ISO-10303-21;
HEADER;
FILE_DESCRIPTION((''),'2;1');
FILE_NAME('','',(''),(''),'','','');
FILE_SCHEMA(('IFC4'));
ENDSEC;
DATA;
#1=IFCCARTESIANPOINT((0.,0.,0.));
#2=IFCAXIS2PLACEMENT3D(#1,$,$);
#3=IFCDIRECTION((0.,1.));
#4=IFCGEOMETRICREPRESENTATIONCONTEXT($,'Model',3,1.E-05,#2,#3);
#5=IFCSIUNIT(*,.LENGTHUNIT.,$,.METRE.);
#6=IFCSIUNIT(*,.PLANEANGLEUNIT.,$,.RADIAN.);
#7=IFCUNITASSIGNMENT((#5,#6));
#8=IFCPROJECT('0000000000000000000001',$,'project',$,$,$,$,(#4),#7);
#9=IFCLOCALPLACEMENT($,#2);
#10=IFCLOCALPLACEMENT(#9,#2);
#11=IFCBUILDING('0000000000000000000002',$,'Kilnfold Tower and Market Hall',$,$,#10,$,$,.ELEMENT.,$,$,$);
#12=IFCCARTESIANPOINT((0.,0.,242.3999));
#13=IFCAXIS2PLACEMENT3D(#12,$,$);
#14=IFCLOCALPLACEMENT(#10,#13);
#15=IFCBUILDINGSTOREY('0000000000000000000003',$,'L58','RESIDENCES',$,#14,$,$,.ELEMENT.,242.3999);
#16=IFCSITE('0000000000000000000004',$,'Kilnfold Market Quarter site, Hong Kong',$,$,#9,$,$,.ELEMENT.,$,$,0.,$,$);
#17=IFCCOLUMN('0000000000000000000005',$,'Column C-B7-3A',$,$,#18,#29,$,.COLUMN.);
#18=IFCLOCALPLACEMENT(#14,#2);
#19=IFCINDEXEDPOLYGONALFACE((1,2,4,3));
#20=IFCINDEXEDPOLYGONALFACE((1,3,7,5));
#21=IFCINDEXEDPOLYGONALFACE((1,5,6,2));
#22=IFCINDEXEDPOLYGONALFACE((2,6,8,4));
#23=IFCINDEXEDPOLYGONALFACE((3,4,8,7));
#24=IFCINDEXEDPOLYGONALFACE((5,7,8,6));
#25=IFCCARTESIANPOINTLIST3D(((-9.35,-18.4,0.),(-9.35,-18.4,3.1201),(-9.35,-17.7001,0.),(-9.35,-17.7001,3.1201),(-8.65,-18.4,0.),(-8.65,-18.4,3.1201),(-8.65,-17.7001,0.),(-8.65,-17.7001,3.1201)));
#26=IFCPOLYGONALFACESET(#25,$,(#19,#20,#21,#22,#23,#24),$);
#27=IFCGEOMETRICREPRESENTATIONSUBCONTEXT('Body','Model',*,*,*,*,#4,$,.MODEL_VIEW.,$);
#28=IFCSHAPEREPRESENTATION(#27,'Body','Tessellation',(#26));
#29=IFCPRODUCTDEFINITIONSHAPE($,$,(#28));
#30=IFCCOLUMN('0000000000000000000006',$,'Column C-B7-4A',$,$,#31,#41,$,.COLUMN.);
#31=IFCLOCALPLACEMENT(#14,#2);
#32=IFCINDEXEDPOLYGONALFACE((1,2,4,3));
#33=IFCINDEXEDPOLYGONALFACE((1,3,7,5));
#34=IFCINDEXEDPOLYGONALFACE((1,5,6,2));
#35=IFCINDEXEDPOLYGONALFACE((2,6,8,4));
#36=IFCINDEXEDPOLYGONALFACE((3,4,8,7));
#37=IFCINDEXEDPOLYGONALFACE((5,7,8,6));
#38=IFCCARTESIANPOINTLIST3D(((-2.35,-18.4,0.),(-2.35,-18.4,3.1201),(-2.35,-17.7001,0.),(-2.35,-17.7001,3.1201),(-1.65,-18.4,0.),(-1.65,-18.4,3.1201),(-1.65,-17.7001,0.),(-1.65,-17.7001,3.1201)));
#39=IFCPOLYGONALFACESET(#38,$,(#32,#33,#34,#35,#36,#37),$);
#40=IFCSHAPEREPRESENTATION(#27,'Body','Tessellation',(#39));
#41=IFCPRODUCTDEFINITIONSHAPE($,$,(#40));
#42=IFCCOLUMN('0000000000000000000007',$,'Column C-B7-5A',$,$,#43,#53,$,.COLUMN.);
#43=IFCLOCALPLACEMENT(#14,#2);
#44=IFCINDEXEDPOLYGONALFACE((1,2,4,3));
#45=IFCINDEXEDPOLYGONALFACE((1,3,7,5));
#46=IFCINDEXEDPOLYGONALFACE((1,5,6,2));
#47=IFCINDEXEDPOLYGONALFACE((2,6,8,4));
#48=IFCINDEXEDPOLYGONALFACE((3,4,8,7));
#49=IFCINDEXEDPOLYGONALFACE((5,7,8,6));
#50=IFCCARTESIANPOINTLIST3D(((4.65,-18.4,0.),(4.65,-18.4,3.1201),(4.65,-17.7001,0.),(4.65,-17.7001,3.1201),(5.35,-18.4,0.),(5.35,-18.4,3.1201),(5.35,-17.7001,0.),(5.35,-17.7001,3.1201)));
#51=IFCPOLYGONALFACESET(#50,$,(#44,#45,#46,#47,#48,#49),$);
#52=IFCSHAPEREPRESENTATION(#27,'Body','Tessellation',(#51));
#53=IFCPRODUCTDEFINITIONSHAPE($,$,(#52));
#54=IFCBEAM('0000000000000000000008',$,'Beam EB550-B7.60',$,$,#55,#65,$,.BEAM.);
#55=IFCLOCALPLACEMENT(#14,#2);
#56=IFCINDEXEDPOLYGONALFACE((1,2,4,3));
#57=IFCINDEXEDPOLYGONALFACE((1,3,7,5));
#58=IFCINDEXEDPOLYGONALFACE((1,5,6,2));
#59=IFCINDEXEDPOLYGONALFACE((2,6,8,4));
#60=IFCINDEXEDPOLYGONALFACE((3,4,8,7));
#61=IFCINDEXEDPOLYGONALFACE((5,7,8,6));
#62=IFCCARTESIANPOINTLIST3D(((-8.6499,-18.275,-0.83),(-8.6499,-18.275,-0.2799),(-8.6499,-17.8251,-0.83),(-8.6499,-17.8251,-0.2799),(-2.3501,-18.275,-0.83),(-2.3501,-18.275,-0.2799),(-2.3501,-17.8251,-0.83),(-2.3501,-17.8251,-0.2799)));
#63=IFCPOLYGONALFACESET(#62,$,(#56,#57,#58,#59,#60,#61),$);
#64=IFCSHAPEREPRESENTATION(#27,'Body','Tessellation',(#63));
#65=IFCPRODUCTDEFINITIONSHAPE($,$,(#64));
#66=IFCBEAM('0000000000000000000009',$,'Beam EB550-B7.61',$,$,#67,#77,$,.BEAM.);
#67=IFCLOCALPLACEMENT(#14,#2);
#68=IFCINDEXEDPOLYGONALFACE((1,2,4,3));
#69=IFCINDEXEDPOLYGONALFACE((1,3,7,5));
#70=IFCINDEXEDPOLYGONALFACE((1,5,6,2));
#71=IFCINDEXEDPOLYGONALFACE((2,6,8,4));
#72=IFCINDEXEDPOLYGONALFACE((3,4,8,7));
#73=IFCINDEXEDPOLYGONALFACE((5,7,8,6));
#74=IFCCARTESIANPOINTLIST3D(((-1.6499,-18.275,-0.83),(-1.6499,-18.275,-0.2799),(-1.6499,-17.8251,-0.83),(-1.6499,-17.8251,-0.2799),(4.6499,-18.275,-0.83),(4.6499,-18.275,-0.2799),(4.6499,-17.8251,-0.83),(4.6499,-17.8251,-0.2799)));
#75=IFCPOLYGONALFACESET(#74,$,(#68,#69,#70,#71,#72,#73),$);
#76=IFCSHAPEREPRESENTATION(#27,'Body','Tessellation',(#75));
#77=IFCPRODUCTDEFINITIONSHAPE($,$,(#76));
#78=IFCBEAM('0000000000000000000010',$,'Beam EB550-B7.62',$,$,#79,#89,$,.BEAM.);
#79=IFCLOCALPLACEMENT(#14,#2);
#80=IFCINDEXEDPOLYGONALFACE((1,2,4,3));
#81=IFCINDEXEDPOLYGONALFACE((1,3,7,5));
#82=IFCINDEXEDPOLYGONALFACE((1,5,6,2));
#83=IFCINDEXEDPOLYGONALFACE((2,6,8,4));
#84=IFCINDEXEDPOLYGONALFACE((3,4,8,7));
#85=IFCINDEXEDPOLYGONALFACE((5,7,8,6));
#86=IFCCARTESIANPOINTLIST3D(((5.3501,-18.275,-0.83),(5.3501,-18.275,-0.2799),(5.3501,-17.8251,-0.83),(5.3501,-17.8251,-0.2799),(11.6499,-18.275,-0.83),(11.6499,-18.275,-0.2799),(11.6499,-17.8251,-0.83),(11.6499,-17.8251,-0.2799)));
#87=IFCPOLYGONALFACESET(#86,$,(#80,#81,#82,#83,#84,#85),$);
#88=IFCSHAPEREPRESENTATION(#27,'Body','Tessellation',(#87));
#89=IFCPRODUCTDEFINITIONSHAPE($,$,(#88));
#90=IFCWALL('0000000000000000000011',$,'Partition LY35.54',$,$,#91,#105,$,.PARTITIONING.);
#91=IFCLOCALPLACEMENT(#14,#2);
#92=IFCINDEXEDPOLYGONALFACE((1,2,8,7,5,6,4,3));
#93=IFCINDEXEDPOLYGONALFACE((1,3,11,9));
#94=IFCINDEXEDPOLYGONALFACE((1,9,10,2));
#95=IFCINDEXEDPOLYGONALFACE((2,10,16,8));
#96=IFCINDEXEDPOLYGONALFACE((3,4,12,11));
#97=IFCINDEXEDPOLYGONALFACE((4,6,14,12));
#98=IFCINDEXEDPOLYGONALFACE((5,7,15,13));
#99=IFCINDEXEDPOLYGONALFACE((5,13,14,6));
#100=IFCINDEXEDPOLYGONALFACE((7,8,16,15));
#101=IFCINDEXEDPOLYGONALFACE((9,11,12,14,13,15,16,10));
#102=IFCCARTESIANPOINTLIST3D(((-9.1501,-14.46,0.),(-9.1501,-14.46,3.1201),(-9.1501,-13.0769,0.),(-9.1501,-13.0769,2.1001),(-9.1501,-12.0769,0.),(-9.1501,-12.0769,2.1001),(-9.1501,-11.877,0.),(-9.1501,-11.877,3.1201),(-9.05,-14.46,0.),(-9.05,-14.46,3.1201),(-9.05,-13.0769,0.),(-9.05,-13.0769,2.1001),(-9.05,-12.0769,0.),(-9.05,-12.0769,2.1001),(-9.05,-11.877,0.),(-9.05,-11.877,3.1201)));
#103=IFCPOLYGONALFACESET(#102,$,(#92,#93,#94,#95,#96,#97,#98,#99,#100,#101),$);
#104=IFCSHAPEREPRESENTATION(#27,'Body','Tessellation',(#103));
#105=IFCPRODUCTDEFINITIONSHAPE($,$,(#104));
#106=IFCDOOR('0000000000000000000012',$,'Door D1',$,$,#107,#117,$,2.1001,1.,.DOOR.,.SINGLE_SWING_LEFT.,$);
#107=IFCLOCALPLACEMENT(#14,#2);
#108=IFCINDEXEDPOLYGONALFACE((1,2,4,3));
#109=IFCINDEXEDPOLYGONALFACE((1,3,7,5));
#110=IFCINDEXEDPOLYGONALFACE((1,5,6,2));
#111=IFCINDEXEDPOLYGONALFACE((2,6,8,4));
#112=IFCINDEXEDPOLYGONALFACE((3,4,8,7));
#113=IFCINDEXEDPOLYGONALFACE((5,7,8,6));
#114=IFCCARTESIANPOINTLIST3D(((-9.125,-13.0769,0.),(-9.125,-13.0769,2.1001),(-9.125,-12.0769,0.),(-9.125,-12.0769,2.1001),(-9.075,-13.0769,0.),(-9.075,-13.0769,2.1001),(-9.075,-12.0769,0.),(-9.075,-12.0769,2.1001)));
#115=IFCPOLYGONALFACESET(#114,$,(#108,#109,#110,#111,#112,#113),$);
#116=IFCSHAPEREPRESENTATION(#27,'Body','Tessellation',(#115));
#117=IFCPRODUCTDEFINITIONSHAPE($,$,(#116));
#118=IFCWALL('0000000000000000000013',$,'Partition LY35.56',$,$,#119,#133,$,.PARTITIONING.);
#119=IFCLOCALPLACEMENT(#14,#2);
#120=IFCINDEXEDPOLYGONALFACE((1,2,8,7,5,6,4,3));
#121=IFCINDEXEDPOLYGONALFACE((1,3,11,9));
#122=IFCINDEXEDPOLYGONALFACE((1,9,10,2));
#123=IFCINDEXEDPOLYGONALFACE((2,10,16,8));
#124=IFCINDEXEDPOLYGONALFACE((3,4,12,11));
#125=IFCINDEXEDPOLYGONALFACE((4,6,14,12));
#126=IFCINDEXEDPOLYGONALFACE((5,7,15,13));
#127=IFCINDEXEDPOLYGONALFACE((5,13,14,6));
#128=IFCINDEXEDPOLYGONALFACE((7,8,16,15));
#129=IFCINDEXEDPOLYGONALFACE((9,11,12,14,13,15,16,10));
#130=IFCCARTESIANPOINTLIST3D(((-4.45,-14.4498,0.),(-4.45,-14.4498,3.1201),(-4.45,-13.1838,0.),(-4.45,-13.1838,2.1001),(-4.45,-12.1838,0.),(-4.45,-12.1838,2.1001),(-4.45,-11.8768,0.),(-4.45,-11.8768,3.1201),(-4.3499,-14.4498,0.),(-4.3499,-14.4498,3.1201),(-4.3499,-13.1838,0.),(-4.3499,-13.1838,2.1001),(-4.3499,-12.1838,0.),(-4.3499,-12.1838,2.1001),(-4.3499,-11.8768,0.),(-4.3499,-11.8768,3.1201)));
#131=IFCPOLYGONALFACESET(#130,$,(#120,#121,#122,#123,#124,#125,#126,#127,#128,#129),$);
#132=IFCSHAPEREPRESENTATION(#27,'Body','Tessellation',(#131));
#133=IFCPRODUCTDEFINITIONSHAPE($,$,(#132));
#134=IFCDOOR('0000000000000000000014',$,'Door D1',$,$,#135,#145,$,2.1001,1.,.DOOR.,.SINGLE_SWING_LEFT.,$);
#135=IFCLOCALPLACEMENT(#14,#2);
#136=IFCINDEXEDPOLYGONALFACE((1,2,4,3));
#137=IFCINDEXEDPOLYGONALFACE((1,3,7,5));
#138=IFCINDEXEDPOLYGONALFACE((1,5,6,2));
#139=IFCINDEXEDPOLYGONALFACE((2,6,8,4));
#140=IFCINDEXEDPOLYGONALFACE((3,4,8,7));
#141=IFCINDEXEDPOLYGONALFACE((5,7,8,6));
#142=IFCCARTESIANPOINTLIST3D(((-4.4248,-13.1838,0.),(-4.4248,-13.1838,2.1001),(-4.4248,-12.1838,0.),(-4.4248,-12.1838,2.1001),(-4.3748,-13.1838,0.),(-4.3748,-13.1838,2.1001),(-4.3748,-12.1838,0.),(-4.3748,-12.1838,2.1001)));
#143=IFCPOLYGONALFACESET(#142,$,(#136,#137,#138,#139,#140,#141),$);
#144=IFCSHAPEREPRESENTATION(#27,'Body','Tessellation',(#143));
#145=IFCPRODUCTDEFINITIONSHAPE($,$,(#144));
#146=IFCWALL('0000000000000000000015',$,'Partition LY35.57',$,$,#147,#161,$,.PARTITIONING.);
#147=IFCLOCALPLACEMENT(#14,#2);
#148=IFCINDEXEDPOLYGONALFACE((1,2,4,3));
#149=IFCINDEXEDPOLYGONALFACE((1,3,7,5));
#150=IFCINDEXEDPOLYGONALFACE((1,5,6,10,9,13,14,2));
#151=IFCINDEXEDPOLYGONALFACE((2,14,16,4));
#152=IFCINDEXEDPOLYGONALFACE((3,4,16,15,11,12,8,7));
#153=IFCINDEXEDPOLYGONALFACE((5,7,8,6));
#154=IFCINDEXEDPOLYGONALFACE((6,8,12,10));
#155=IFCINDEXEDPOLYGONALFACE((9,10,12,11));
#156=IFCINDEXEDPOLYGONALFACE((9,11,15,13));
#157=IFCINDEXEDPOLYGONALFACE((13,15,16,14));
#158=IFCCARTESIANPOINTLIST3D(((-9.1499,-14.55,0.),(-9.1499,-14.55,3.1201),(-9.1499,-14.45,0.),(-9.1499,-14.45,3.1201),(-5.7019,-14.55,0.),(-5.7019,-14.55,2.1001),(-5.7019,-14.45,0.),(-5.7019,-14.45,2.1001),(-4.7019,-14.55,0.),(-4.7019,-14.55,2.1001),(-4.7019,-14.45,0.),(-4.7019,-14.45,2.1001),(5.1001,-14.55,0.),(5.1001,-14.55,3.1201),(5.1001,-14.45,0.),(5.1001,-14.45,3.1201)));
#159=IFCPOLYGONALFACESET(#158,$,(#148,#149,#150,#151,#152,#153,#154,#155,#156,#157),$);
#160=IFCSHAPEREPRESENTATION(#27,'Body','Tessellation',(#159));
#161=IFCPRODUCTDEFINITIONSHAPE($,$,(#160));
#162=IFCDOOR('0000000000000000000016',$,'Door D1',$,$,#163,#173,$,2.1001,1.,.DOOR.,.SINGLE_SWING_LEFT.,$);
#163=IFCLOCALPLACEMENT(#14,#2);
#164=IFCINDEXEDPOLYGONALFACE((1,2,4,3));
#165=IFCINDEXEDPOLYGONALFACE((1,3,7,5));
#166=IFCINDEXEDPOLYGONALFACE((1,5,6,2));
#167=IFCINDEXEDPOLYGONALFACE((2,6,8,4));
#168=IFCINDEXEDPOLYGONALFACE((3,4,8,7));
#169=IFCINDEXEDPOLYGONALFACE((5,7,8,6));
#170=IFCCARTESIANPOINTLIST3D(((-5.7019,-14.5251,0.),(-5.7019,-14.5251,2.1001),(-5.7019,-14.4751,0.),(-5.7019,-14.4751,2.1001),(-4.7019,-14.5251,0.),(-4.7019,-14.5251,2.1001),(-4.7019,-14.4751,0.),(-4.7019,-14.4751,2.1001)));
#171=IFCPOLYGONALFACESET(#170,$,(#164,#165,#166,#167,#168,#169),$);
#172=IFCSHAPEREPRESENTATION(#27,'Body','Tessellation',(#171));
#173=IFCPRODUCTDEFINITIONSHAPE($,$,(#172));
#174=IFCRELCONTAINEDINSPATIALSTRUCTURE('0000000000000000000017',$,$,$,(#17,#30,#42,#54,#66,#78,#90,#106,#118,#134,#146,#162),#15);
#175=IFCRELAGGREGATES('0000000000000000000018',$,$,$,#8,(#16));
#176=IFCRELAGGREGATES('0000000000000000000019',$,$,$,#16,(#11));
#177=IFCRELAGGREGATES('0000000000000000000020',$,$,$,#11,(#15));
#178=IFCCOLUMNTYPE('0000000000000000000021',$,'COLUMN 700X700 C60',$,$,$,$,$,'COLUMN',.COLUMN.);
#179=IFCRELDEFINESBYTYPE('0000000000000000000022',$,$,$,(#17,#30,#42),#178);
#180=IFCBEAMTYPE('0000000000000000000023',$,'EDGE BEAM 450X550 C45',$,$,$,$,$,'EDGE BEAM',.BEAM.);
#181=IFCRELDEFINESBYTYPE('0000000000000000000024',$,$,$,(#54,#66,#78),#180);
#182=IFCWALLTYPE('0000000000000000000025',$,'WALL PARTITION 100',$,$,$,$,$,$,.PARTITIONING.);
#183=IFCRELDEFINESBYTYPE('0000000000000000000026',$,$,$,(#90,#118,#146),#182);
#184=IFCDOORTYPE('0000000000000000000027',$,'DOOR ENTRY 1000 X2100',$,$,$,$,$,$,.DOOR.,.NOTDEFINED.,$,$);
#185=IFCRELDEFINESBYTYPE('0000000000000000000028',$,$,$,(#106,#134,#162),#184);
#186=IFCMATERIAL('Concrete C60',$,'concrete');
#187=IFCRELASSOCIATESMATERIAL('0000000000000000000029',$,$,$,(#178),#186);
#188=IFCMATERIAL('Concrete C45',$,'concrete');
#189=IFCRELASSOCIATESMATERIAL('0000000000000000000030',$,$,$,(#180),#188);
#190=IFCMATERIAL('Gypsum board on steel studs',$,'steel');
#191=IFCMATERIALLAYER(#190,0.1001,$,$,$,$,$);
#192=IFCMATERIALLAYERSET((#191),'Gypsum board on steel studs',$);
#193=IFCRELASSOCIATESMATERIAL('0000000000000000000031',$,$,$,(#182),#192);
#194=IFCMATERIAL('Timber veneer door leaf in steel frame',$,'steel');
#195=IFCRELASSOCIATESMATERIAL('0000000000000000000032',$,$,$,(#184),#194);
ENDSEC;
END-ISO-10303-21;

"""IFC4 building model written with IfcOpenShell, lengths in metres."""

from ifc_helpers import new_model, si_unit, direction, frame, frame_2d, origin, origin_2d, place, context, subcontext, project, spatial, rectangle, extrude, source, transform, mapped, material, layer, layer_set, material_profile, profile_set, type_object, element, fill, save


model = new_model("IFC4")

# Units and contexts
model_context = context("Model", 3, precision=1e-05, world=origin(), true_north=direction((0.0, 1.0)))
body_context = subcontext(model_context, "Body", "Model", "MODEL_VIEW")
ifc_project = project(units=[si_unit("LENGTHUNIT", "METRE"), si_unit("PLANEANGLEUNIT", "RADIAN")], contexts=[model_context])

# Site, building, storey
site_placement = place(None, origin())
site = spatial("IfcSite", under=ifc_project, at=site_placement, Name="Kilnfold Market Quarter site, Hong Kong", CompositionType="ELEMENT", RefElevation=0.0)
building_placement = place(site_placement, origin())
building = spatial("IfcBuilding", under=site, at=building_placement, Name="Kilnfold Tower and Market Hall", CompositionType="ELEMENT")
storey_placement = place(building_placement, frame((0.0, 0.0, 242.3999)))
storey = spatial("IfcBuildingStorey", under=building, at=storey_placement, Name="L58", Description="RESIDENCES", CompositionType="ELEMENT", Elevation=242.3999)

# Columns
ifc_material_1 = material(Name="Concrete C60", Category="concrete")
ifc_material_profile_1 = material_profile(ifc_material_1, rectangle(XDim=0.7, YDim=0.7, at=origin_2d()), Name="RC 700x700")
ifc_profile_set_1 = profile_set([ifc_material_profile_1], Name="Concrete C60")
column_type = type_object("IfcColumnType", Name="COLUMN 700X700 C60", ElementType="COLUMN", PredefinedType="COLUMN", material=ifc_profile_set_1)
shared_shape_1 = source(origin(), body_context, "Body", "SweptSolid", [
    extrude(rectangle(XDim=0.7, YDim=0.7, at=origin_2d()), origin(), (0.0, 0.0, 1.0), 3.1201),
])
for number, where, z_axis, x_axis, name in (
    (1, (-9.0, -18.05, 0.0), (0.0, 0.0, 1.0), (1.0, 0.0, 0.0), "Column C-B7-3A"),
    (2, (-2.0, -18.05, 0.0), (0.0, 0.0, 1.0), (1.0, 0.0, 0.0), "Column C-B7-4A"),
    (3, (5.0, -18.05, 0.0), (0.0, 0.0, 1.0), (1.0, 0.0, 0.0), "Column C-B7-5A"),
):
    element("IfcColumn", number, at=place(storey_placement, frame(where, z_axis=z_axis, x_axis=x_axis)), inside=storey, type_object=column_type, Name=name, PredefinedType="COLUMN", context=body_context, shape_type="MappedRepresentation", body=[
        mapped(shared_shape_1, transform((0.0, 0.0, 0.0))),
    ])

# Beams
ifc_material_2 = material(Name="Concrete C45", Category="concrete")
ifc_material_profile_2 = material_profile(ifc_material_2, rectangle(XDim=0.45, YDim=0.55, at=origin_2d()), Name="RC 450x550")
ifc_profile_set_2 = profile_set([ifc_material_profile_2], Name="Concrete C45")
beam_type = type_object("IfcBeamType", Name="EDGE BEAM 450X550 C45", ElementType="EDGE BEAM", PredefinedType="BEAM", material=ifc_profile_set_2)
shared_shape_2 = source(origin(), body_context, "Body", "SweptSolid", [
    extrude(rectangle(XDim=0.45, YDim=0.55, at=origin_2d()), origin(), (0.0, 0.0, 1.0), 6.2998),
])
for number, where, z_axis, x_axis, name in (
    (4, (-8.6499, -18.05, -0.5549), (1.0, 0.0, 0.0), (0.0, 1.0, 0.0), "Beam EB550-B7.60"),
    (5, (-1.6499, -18.05, -0.5549), (1.0, 0.0, 0.0), (0.0, 1.0, 0.0), "Beam EB550-B7.61"),
    (6, (5.3501, -18.05, -0.5549), (1.0, 0.0, 0.0), (0.0, 1.0, 0.0), "Beam EB550-B7.62"),
):
    element("IfcBeam", number, at=place(storey_placement, frame(where, z_axis=z_axis, x_axis=x_axis)), inside=storey, type_object=beam_type, Name=name, PredefinedType="BEAM", context=body_context, shape_type="MappedRepresentation", body=[
        mapped(shared_shape_2, transform((0.0, 0.0, 0.0))),
    ])

# Walls, openings, doors
ifc_material_3 = material(Name="Gypsum board on steel studs", Category="steel")
ifc_layer_1 = layer(ifc_material_3, 0.1001)
ifc_layer_set_1 = layer_set([ifc_layer_1], Name="Gypsum board on steel studs")
wall_type_1 = type_object("IfcWallType", Name="WALL PARTITION 100", PredefinedType="PARTITIONING", material=ifc_layer_set_1)
wall_1_placement = place(storey_placement, frame((-9.1001, -14.46, 0.0), z_axis=(0.0, 0.0, 1.0), x_axis=(0.0, 1.0, 0.0)))
wall_1 = element("IfcWall", 7, at=wall_1_placement, inside=storey, type_object=wall_type_1, Name="Partition LY35.54", PredefinedType="PARTITIONING", context=body_context, shape_type="SweptSolid", body=[
    extrude(rectangle(XDim=2.583, YDim=0.1001, at=frame_2d((1.2915, 0.0))), origin(), (0.0, 0.0, 1.0), 3.1201),
])
opening_1_placement = place(wall_1_placement, frame((1.3831, 0.0, 0.0)))
opening_1 = element("IfcOpeningElement", 8, at=opening_1_placement, cuts=wall_1, PredefinedType="OPENING", context=body_context, shape_type="SweptSolid", body=[
    extrude(rectangle(XDim=1.0, YDim=2.1001, at=frame_2d((0.5, 1.05))), frame((0.0, 0.0601, 0.0), z_axis=(0.0, -1.0, 0.0), x_axis=(1.0, 0.0, 0.0)), (0.0, 0.0, 1.0), 0.1201),
])
ifc_material_4 = material(Name="Timber veneer door leaf in steel frame", Category="steel")
door_type_1 = type_object("IfcDoorType", Name="DOOR ENTRY 1000 X2100", OperationType="NOTDEFINED", PredefinedType="DOOR", material=ifc_material_4)
door_1_placement = place(opening_1_placement, origin())
door_1 = element("IfcDoor", 9, at=door_1_placement, inside=storey, type_object=door_type_1, Name="Door D1", OperationType="SINGLE_SWING_LEFT", OverallHeight=2.1001, OverallWidth=1.0, PredefinedType="DOOR", context=body_context, shape_type="SweptSolid", body=[
    extrude(rectangle(XDim=1.0, YDim=2.1001, at=frame_2d((0.5, 1.05))), frame((0.0, 0.0249, 0.0), z_axis=(0.0, -1.0, 0.0), x_axis=(1.0, 0.0, 0.0)), (0.0, 0.0, 1.0), 0.05),
])
fill(opening_1, door_1)
wall_2_placement = place(storey_placement, frame((-4.3999, -14.45, 0.0), z_axis=(0.0, 0.0, 1.0), x_axis=(0.0, 1.0, 0.0)))
wall_2 = element("IfcWall", 10, at=wall_2_placement, inside=storey, type_object=wall_type_1, Name="Partition LY35.56", PredefinedType="PARTITIONING", context=body_context, shape_type="SweptSolid", body=[
    extrude(rectangle(XDim=2.573, YDim=0.1001, at=frame_2d((1.2866, 0.0))), origin(), (0.0, 0.0, 1.0), 3.1201),
])
opening_2_placement = place(wall_2_placement, frame((1.2661, 0.0, 0.0)))
opening_2 = element("IfcOpeningElement", 11, at=opening_2_placement, cuts=wall_2, PredefinedType="OPENING", context=body_context, shape_type="SweptSolid", body=[
    extrude(rectangle(XDim=1.0, YDim=2.1001, at=frame_2d((0.5, 1.05))), frame((0.0, 0.0601, 0.0), z_axis=(0.0, -1.0, 0.0), x_axis=(1.0, 0.0, 0.0)), (0.0, 0.0, 1.0), 0.1201),
])
door_2_placement = place(opening_2_placement, origin())
door_2 = element("IfcDoor", 12, at=door_2_placement, inside=storey, type_object=door_type_1, Name="Door D1", OperationType="SINGLE_SWING_LEFT", OverallHeight=2.1001, OverallWidth=1.0, PredefinedType="DOOR", context=body_context, shape_type="SweptSolid", body=[
    extrude(rectangle(XDim=1.0, YDim=2.1001, at=frame_2d((0.5, 1.05))), frame((0.0, 0.0249, 0.0), z_axis=(0.0, -1.0, 0.0), x_axis=(1.0, 0.0, 0.0)), (0.0, 0.0, 1.0), 0.05),
])
fill(opening_2, door_2)
wall_3_placement = place(storey_placement, frame((-9.1499, -14.5, 0.0), z_axis=(0.0, 0.0, 1.0), x_axis=(1.0, 0.0, 0.0)))
wall_3 = element("IfcWall", 13, at=wall_3_placement, inside=storey, type_object=wall_type_1, Name="Partition LY35.57", PredefinedType="PARTITIONING", context=body_context, shape_type="SweptSolid", body=[
    extrude(rectangle(XDim=14.25, YDim=0.1001, at=frame_2d((7.125, 0.0))), origin(), (0.0, 0.0, 1.0), 3.1201),
])
opening_3_placement = place(wall_3_placement, frame((3.448, 0.0, 0.0)))
opening_3 = element("IfcOpeningElement", 14, at=opening_3_placement, cuts=wall_3, PredefinedType="OPENING", context=body_context, shape_type="SweptSolid", body=[
    extrude(rectangle(XDim=1.0, YDim=2.1001, at=frame_2d((0.5, 1.05))), frame((0.0, 0.0601, 0.0), z_axis=(0.0, -1.0, 0.0), x_axis=(1.0, 0.0, 0.0)), (0.0, 0.0, 1.0), 0.1201),
])
door_3_placement = place(opening_3_placement, origin())
door_3 = element("IfcDoor", 15, at=door_3_placement, inside=storey, type_object=door_type_1, Name="Door D1", OperationType="SINGLE_SWING_LEFT", OverallHeight=2.1001, OverallWidth=1.0, PredefinedType="DOOR", context=body_context, shape_type="SweptSolid", body=[
    extrude(rectangle(XDim=1.0, YDim=2.1001, at=frame_2d((0.5, 1.05))), frame((0.0, 0.0249, 0.0), z_axis=(0.0, -1.0, 0.0), x_axis=(1.0, 0.0, 0.0)), (0.0, 0.0, 1.0), 0.05),
])
fill(opening_3, door_3)

save(model, "model.ifc")
